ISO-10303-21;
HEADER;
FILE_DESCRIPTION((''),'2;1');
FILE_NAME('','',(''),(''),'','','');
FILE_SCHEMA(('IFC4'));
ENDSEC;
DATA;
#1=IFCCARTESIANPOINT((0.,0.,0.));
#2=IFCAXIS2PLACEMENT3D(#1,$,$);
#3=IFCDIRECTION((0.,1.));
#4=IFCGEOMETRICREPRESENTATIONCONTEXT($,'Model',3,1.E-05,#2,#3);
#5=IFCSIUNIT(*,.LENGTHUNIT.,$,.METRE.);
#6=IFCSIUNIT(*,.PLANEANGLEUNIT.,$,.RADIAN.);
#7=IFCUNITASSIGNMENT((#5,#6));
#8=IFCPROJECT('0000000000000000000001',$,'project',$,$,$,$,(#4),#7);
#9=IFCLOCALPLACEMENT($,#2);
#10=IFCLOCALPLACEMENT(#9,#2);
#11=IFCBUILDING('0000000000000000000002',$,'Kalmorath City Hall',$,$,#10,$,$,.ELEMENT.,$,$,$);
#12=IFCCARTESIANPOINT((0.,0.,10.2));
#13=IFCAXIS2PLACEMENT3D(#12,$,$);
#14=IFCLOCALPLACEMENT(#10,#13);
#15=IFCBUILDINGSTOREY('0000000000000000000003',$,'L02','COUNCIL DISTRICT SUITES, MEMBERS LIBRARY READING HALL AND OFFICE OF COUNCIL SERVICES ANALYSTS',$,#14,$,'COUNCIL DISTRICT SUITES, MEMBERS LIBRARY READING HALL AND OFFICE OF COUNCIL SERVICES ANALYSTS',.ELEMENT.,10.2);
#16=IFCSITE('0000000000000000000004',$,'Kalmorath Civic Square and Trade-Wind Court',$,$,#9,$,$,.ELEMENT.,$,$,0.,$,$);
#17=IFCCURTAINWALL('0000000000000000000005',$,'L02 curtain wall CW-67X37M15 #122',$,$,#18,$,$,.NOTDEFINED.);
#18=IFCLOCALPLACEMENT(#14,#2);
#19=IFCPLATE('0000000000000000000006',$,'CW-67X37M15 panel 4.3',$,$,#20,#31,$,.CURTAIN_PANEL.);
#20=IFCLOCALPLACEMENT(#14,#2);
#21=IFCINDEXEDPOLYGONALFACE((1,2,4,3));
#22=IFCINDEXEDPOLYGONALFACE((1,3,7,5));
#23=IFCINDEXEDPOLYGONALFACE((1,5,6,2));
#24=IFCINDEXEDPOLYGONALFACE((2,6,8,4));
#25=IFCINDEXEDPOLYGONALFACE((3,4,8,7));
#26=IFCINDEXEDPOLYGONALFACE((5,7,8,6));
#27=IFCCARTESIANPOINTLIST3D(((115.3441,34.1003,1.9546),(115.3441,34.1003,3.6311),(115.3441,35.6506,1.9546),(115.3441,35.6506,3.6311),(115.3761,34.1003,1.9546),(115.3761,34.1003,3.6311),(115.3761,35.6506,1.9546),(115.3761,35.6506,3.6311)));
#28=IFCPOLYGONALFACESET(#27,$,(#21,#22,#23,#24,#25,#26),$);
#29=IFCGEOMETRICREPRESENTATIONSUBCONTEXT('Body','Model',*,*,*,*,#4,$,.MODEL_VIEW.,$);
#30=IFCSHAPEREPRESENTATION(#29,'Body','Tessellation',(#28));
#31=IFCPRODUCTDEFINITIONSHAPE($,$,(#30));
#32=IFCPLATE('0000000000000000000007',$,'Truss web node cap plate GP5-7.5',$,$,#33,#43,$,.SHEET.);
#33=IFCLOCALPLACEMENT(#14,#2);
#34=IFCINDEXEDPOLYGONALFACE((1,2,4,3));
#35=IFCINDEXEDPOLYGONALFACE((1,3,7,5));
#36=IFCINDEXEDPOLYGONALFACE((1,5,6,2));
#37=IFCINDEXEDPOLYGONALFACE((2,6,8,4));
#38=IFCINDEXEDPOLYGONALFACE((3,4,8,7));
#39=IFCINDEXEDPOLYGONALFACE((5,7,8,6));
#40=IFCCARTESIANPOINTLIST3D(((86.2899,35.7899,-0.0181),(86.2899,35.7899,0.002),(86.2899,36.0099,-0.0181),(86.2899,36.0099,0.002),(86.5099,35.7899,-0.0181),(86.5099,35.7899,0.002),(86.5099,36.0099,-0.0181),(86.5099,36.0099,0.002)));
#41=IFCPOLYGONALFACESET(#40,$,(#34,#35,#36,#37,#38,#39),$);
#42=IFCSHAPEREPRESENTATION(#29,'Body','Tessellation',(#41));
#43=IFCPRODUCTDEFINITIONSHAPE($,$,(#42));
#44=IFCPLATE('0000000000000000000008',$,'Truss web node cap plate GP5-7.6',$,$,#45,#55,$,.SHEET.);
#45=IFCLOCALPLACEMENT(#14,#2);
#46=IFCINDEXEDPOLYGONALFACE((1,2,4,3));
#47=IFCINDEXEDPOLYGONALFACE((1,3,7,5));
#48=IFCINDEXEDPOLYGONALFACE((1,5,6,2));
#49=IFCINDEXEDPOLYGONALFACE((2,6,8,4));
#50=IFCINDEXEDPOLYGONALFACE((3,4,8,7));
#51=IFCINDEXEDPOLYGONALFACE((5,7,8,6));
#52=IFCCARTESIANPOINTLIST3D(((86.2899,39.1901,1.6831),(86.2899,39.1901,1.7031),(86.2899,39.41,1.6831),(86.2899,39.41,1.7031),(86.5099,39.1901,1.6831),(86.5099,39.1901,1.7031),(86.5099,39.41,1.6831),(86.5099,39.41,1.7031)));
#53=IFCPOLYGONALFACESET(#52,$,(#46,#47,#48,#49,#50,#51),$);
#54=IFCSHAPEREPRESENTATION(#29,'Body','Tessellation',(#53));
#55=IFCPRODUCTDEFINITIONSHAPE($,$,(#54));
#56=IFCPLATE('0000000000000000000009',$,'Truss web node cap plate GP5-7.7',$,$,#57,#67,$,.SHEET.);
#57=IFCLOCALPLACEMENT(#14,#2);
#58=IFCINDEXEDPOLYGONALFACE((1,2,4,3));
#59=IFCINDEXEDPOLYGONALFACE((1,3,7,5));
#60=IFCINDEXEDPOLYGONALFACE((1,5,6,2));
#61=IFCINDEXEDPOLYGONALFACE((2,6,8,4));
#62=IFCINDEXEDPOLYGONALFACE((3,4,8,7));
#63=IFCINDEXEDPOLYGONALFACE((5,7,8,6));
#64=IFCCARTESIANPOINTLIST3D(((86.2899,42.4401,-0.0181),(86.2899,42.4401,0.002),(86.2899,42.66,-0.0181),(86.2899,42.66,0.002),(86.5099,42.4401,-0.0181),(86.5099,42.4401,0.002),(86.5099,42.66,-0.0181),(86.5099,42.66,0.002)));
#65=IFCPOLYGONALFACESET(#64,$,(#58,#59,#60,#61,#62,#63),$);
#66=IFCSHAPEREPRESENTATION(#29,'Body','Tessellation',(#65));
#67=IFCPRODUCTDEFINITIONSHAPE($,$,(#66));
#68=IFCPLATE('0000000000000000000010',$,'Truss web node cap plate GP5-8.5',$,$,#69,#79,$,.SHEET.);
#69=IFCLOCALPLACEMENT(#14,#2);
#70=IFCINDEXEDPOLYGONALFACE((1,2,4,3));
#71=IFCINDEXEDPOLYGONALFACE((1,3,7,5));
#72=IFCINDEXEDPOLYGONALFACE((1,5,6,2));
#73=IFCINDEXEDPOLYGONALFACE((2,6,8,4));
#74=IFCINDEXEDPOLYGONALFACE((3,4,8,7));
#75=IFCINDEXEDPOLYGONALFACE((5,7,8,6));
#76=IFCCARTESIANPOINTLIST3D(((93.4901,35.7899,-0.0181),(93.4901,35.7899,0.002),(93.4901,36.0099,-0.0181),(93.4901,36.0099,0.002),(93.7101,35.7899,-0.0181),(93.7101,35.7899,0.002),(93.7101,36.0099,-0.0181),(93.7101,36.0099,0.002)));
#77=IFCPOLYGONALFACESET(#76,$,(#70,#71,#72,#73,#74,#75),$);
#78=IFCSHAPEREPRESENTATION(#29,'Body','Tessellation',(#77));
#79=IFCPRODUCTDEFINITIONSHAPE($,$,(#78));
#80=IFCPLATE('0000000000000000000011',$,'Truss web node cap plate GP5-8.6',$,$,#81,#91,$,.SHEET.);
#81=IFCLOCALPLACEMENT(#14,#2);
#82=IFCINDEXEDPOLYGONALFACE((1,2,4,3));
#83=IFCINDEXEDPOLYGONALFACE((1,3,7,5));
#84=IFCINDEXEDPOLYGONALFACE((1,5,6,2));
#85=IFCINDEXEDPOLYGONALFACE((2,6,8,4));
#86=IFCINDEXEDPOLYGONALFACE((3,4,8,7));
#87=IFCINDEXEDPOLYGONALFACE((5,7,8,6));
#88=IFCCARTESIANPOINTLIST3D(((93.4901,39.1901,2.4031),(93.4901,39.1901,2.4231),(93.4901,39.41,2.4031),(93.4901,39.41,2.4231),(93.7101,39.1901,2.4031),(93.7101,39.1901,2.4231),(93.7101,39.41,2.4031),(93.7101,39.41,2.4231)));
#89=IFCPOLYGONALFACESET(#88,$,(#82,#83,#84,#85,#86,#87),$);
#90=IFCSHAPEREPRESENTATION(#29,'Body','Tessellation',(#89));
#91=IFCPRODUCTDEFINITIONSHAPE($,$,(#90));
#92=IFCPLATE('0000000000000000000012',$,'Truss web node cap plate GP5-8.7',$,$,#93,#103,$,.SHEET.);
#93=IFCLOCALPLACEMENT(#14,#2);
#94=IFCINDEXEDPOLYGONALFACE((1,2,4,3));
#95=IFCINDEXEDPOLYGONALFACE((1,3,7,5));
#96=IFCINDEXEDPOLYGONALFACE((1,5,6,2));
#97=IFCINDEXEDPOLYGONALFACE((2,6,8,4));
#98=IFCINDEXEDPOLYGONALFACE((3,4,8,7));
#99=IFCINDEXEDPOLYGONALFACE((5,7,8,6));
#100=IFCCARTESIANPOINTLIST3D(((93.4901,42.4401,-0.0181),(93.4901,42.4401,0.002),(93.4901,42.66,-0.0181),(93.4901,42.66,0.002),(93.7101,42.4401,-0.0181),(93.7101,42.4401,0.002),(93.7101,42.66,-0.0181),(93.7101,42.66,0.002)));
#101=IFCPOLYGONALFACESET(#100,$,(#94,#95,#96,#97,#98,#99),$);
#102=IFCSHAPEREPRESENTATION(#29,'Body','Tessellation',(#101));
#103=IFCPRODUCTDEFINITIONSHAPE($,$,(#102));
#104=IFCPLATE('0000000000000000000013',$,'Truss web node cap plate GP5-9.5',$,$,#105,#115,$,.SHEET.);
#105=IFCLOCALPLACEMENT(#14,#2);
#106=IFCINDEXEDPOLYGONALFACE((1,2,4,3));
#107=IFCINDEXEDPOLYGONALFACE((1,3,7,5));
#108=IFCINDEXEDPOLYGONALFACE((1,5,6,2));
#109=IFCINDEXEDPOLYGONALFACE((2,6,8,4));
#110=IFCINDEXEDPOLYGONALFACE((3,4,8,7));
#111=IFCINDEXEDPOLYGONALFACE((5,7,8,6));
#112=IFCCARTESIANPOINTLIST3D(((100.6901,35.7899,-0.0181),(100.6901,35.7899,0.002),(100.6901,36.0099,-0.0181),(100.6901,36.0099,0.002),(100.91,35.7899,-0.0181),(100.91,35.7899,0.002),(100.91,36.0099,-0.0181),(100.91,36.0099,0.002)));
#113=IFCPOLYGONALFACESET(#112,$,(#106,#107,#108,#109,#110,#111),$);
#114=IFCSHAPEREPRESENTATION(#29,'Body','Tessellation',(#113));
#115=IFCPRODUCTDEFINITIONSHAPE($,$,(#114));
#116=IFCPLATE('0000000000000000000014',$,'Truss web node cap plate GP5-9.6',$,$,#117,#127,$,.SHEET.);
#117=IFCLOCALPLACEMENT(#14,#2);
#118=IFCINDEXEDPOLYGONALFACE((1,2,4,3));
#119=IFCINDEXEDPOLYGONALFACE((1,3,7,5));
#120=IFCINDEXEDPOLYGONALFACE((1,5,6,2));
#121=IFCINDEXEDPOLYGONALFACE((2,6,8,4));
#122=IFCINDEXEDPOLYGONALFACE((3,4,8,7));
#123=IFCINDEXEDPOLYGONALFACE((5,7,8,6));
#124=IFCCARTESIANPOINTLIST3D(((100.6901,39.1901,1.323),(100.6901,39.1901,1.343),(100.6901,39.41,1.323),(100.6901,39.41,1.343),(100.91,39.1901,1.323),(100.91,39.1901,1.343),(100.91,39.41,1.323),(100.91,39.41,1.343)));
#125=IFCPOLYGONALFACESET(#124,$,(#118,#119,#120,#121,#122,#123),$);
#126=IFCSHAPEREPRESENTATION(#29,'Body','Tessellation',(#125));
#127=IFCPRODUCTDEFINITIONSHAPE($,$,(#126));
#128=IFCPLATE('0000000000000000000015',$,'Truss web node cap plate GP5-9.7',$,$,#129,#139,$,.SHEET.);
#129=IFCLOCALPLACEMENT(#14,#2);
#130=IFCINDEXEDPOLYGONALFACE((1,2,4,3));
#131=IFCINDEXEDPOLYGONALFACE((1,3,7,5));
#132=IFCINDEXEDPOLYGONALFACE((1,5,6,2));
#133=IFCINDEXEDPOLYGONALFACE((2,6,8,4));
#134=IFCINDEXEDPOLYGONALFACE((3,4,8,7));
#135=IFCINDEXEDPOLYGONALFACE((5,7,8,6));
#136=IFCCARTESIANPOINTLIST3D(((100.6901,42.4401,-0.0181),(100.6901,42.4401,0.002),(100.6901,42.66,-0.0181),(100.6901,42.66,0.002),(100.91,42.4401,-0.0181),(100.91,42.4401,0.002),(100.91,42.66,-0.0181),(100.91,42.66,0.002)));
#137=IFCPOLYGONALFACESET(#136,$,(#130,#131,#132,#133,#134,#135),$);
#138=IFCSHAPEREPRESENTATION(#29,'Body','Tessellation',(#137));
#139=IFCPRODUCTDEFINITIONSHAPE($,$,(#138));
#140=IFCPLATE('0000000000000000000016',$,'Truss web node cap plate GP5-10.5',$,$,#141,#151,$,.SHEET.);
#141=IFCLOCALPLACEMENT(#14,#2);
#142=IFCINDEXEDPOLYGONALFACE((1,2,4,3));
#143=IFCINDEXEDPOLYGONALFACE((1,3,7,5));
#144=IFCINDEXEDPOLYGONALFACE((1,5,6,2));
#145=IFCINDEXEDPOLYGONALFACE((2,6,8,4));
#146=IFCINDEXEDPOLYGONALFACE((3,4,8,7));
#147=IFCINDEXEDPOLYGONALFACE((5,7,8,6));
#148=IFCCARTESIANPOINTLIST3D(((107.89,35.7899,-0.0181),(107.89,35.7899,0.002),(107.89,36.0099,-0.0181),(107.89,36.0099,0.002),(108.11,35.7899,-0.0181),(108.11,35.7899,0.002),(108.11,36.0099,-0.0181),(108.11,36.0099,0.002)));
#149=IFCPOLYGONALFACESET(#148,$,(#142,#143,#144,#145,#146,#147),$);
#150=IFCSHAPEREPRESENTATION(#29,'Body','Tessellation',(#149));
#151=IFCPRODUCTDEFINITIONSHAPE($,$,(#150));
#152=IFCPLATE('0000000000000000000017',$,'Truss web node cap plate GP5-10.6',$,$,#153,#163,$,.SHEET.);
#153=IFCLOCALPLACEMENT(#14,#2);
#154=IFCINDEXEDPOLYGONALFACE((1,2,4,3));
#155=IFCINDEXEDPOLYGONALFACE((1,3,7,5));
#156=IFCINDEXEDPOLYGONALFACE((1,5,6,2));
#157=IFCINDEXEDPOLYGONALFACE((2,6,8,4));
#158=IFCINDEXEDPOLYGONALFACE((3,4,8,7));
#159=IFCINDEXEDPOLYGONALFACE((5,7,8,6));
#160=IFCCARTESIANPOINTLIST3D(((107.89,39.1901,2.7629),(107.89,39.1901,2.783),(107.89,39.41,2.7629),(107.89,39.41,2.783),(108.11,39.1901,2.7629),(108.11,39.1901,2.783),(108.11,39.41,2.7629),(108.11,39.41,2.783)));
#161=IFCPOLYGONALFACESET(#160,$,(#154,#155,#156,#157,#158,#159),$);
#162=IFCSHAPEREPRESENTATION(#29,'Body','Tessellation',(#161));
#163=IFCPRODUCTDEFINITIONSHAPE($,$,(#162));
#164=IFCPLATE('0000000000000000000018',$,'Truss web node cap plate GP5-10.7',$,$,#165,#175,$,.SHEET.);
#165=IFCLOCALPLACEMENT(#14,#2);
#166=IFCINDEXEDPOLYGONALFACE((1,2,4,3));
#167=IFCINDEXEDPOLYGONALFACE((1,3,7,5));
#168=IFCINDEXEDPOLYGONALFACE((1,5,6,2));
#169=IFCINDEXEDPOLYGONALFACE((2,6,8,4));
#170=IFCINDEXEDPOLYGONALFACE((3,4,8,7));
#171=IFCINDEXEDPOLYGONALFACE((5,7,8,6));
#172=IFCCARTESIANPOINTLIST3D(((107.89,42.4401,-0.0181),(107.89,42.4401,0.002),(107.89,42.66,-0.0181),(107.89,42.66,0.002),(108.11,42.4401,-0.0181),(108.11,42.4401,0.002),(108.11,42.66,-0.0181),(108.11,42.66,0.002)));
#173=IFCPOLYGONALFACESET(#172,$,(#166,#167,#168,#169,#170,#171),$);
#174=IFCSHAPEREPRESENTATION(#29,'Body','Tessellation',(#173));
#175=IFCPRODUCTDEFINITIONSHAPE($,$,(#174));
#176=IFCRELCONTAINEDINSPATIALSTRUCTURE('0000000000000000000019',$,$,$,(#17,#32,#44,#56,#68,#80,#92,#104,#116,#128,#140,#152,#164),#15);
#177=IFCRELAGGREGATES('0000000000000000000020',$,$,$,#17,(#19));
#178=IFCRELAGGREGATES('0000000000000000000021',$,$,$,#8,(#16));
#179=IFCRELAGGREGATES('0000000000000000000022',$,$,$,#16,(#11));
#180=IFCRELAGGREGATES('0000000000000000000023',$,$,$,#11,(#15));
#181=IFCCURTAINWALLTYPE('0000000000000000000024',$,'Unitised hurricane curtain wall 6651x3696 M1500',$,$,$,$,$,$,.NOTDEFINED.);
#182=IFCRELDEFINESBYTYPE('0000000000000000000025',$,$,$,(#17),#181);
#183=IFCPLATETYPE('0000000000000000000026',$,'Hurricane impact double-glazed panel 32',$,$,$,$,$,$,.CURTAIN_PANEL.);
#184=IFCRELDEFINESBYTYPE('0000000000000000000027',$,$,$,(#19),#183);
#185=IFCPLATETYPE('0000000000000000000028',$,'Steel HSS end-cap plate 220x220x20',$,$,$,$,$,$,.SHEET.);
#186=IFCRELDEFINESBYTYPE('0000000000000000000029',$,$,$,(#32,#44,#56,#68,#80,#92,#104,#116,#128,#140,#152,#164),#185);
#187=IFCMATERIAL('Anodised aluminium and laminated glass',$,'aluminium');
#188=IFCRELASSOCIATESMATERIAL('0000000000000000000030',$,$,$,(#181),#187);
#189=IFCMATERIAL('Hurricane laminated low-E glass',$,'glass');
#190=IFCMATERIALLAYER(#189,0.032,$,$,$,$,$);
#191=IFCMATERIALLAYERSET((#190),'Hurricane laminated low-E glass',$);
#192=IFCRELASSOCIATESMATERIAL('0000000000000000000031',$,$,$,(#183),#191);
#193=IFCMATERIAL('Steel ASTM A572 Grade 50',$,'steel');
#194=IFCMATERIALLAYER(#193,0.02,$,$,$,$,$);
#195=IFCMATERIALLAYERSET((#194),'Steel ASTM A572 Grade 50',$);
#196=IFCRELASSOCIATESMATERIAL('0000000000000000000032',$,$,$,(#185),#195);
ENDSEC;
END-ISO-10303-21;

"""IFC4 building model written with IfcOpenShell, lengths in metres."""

from ifc_helpers import new_model, si_unit, direction, frame, origin, origin_2d, place, context, subcontext, project, spatial, rectangle, extrude, material, layer, layer_set, type_object, element, aggregate, save


model = new_model("IFC4")

# Units and contexts
model_context = context("Model", 3, precision=1e-05, world=origin(), true_north=direction((0.0, 1.0)))
body_context = subcontext(model_context, "Body", "Model", "MODEL_VIEW")
ifc_project = project(units=[si_unit("LENGTHUNIT", "METRE"), si_unit("PLANEANGLEUNIT", "RADIAN")], contexts=[model_context])

# Site, building, storey
site_placement = place(None, origin())
site = spatial("IfcSite", under=ifc_project, at=site_placement, Name="Kalmorath Civic Square and Trade-Wind Court", CompositionType="ELEMENT", RefElevation=0.0)
building_placement = place(site_placement, origin())
building = spatial("IfcBuilding", under=site, at=building_placement, Name="Kalmorath City Hall", CompositionType="ELEMENT")
storey_placement = place(building_placement, frame((0.0, 0.0, 10.2)))
storey = spatial("IfcBuildingStorey", under=building, at=storey_placement, Name="L02", Description="COUNCIL DISTRICT SUITES, MEMBERS LIBRARY READING HALL AND OFFICE OF COUNCIL SERVICES ANALYSTS", LongName="COUNCIL DISTRICT SUITES, MEMBERS LIBRARY READING HALL AND OFFICE OF COUNCIL SERVICES ANALYSTS", CompositionType="ELEMENT", Elevation=10.2)

# Curtain wall
ifc_material_1 = material(Name="Anodised aluminium and laminated glass", Category="aluminium")
curtain_wall_type = type_object("IfcCurtainWallType", Name="Unitised hurricane curtain wall 6651x3696 M1500", PredefinedType="NOTDEFINED", material=ifc_material_1)
curtain_wall_placement = place(storey_placement, origin())
curtain_wall = element("IfcCurtainWall", 1, at=curtain_wall_placement, inside=storey, type_object=curtain_wall_type, Name="L02 curtain wall CW-67X37M15 #122", PredefinedType="NOTDEFINED")

# Plate
ifc_material_2 = material(Name="Hurricane laminated low-E glass", Category="glass")
ifc_layer_1 = layer(ifc_material_2, 0.032)
ifc_layer_set_1 = layer_set([ifc_layer_1], Name="Hurricane laminated low-E glass")
plate_type_1 = type_object("IfcPlateType", Name="Hurricane impact double-glazed panel 32", PredefinedType="CURTAIN_PANEL", material=ifc_layer_set_1)
plate_1_placement = place(storey_placement, frame((115.3601, 34.8755, 1.9546), z_axis=(0.0, 0.0, 1.0), x_axis=(0.0, 1.0, 0.0)))
plate_1 = element("IfcPlate", 2, at=plate_1_placement, type_object=plate_type_1, Name="CW-67X37M15 panel 4.3", PredefinedType="CURTAIN_PANEL", context=body_context, shape_type="SweptSolid", body=[
    extrude(rectangle(XDim=1.5503, YDim=0.032, at=origin_2d()), origin(), (0.0, 0.0, 1.0), 1.6765),
])
aggregate(curtain_wall, [plate_1])

# Plates
ifc_material_3 = material(Name="Steel ASTM A572 Grade 50", Category="steel")
ifc_layer_2 = layer(ifc_material_3, 0.02)
ifc_layer_set_2 = layer_set([ifc_layer_2], Name="Steel ASTM A572 Grade 50")
plate_type_2 = type_object("IfcPlateType", Name="Steel HSS end-cap plate 220x220x20", PredefinedType="SHEET", material=ifc_layer_set_2)
for number, where, z_axis, x_axis, name in (
    (3, (86.3999, 35.8999, -0.0181), (0.0, 0.0, 1.0), (1.0, 0.0, 0.0), "Truss web node cap plate GP5-7.5"),
    (4, (86.3999, 39.3, 1.6831), (0.0, 0.0, 1.0), (1.0, 0.0, 0.0), "Truss web node cap plate GP5-7.6"),
    (5, (86.3999, 42.55, -0.0181), (0.0, 0.0, 1.0), (1.0, 0.0, 0.0), "Truss web node cap plate GP5-7.7"),
    (6, (93.6001, 35.8999, -0.0181), (0.0, 0.0, 1.0), (1.0, 0.0, 0.0), "Truss web node cap plate GP5-8.5"),
    (7, (93.6001, 39.3, 2.4031), (0.0, 0.0, 1.0), (1.0, 0.0, 0.0), "Truss web node cap plate GP5-8.6"),
    (8, (93.6001, 42.55, -0.0181), (0.0, 0.0, 1.0), (1.0, 0.0, 0.0), "Truss web node cap plate GP5-8.7"),
    (9, (100.8, 35.8999, -0.0181), (0.0, 0.0, 1.0), (1.0, 0.0, 0.0), "Truss web node cap plate GP5-9.5"),
    (10, (100.8, 39.3, 1.323), (0.0, 0.0, 1.0), (1.0, 0.0, 0.0), "Truss web node cap plate GP5-9.6"),
    (11, (100.8, 42.55, -0.0181), (0.0, 0.0, 1.0), (1.0, 0.0, 0.0), "Truss web node cap plate GP5-9.7"),
    (12, (108.0, 35.8999, -0.0181), (0.0, 0.0, 1.0), (1.0, 0.0, 0.0), "Truss web node cap plate GP5-10.5"),
    (13, (108.0, 39.3, 2.7629), (0.0, 0.0, 1.0), (1.0, 0.0, 0.0), "Truss web node cap plate GP5-10.6"),
    (14, (108.0, 42.55, -0.0181), (0.0, 0.0, 1.0), (1.0, 0.0, 0.0), "Truss web node cap plate GP5-10.7"),
):
    element("IfcPlate", number, at=place(storey_placement, frame(where, z_axis=z_axis, x_axis=x_axis)), inside=storey, type_object=plate_type_2, Name=name, PredefinedType="SHEET", context=body_context, shape_type="SweptSolid", body=[
        extrude(rectangle(XDim=0.22, YDim=0.22, at=origin_2d()), origin(), (0.0, 0.0, 1.0), 0.02),
    ])

save(model, "model.ifc")
